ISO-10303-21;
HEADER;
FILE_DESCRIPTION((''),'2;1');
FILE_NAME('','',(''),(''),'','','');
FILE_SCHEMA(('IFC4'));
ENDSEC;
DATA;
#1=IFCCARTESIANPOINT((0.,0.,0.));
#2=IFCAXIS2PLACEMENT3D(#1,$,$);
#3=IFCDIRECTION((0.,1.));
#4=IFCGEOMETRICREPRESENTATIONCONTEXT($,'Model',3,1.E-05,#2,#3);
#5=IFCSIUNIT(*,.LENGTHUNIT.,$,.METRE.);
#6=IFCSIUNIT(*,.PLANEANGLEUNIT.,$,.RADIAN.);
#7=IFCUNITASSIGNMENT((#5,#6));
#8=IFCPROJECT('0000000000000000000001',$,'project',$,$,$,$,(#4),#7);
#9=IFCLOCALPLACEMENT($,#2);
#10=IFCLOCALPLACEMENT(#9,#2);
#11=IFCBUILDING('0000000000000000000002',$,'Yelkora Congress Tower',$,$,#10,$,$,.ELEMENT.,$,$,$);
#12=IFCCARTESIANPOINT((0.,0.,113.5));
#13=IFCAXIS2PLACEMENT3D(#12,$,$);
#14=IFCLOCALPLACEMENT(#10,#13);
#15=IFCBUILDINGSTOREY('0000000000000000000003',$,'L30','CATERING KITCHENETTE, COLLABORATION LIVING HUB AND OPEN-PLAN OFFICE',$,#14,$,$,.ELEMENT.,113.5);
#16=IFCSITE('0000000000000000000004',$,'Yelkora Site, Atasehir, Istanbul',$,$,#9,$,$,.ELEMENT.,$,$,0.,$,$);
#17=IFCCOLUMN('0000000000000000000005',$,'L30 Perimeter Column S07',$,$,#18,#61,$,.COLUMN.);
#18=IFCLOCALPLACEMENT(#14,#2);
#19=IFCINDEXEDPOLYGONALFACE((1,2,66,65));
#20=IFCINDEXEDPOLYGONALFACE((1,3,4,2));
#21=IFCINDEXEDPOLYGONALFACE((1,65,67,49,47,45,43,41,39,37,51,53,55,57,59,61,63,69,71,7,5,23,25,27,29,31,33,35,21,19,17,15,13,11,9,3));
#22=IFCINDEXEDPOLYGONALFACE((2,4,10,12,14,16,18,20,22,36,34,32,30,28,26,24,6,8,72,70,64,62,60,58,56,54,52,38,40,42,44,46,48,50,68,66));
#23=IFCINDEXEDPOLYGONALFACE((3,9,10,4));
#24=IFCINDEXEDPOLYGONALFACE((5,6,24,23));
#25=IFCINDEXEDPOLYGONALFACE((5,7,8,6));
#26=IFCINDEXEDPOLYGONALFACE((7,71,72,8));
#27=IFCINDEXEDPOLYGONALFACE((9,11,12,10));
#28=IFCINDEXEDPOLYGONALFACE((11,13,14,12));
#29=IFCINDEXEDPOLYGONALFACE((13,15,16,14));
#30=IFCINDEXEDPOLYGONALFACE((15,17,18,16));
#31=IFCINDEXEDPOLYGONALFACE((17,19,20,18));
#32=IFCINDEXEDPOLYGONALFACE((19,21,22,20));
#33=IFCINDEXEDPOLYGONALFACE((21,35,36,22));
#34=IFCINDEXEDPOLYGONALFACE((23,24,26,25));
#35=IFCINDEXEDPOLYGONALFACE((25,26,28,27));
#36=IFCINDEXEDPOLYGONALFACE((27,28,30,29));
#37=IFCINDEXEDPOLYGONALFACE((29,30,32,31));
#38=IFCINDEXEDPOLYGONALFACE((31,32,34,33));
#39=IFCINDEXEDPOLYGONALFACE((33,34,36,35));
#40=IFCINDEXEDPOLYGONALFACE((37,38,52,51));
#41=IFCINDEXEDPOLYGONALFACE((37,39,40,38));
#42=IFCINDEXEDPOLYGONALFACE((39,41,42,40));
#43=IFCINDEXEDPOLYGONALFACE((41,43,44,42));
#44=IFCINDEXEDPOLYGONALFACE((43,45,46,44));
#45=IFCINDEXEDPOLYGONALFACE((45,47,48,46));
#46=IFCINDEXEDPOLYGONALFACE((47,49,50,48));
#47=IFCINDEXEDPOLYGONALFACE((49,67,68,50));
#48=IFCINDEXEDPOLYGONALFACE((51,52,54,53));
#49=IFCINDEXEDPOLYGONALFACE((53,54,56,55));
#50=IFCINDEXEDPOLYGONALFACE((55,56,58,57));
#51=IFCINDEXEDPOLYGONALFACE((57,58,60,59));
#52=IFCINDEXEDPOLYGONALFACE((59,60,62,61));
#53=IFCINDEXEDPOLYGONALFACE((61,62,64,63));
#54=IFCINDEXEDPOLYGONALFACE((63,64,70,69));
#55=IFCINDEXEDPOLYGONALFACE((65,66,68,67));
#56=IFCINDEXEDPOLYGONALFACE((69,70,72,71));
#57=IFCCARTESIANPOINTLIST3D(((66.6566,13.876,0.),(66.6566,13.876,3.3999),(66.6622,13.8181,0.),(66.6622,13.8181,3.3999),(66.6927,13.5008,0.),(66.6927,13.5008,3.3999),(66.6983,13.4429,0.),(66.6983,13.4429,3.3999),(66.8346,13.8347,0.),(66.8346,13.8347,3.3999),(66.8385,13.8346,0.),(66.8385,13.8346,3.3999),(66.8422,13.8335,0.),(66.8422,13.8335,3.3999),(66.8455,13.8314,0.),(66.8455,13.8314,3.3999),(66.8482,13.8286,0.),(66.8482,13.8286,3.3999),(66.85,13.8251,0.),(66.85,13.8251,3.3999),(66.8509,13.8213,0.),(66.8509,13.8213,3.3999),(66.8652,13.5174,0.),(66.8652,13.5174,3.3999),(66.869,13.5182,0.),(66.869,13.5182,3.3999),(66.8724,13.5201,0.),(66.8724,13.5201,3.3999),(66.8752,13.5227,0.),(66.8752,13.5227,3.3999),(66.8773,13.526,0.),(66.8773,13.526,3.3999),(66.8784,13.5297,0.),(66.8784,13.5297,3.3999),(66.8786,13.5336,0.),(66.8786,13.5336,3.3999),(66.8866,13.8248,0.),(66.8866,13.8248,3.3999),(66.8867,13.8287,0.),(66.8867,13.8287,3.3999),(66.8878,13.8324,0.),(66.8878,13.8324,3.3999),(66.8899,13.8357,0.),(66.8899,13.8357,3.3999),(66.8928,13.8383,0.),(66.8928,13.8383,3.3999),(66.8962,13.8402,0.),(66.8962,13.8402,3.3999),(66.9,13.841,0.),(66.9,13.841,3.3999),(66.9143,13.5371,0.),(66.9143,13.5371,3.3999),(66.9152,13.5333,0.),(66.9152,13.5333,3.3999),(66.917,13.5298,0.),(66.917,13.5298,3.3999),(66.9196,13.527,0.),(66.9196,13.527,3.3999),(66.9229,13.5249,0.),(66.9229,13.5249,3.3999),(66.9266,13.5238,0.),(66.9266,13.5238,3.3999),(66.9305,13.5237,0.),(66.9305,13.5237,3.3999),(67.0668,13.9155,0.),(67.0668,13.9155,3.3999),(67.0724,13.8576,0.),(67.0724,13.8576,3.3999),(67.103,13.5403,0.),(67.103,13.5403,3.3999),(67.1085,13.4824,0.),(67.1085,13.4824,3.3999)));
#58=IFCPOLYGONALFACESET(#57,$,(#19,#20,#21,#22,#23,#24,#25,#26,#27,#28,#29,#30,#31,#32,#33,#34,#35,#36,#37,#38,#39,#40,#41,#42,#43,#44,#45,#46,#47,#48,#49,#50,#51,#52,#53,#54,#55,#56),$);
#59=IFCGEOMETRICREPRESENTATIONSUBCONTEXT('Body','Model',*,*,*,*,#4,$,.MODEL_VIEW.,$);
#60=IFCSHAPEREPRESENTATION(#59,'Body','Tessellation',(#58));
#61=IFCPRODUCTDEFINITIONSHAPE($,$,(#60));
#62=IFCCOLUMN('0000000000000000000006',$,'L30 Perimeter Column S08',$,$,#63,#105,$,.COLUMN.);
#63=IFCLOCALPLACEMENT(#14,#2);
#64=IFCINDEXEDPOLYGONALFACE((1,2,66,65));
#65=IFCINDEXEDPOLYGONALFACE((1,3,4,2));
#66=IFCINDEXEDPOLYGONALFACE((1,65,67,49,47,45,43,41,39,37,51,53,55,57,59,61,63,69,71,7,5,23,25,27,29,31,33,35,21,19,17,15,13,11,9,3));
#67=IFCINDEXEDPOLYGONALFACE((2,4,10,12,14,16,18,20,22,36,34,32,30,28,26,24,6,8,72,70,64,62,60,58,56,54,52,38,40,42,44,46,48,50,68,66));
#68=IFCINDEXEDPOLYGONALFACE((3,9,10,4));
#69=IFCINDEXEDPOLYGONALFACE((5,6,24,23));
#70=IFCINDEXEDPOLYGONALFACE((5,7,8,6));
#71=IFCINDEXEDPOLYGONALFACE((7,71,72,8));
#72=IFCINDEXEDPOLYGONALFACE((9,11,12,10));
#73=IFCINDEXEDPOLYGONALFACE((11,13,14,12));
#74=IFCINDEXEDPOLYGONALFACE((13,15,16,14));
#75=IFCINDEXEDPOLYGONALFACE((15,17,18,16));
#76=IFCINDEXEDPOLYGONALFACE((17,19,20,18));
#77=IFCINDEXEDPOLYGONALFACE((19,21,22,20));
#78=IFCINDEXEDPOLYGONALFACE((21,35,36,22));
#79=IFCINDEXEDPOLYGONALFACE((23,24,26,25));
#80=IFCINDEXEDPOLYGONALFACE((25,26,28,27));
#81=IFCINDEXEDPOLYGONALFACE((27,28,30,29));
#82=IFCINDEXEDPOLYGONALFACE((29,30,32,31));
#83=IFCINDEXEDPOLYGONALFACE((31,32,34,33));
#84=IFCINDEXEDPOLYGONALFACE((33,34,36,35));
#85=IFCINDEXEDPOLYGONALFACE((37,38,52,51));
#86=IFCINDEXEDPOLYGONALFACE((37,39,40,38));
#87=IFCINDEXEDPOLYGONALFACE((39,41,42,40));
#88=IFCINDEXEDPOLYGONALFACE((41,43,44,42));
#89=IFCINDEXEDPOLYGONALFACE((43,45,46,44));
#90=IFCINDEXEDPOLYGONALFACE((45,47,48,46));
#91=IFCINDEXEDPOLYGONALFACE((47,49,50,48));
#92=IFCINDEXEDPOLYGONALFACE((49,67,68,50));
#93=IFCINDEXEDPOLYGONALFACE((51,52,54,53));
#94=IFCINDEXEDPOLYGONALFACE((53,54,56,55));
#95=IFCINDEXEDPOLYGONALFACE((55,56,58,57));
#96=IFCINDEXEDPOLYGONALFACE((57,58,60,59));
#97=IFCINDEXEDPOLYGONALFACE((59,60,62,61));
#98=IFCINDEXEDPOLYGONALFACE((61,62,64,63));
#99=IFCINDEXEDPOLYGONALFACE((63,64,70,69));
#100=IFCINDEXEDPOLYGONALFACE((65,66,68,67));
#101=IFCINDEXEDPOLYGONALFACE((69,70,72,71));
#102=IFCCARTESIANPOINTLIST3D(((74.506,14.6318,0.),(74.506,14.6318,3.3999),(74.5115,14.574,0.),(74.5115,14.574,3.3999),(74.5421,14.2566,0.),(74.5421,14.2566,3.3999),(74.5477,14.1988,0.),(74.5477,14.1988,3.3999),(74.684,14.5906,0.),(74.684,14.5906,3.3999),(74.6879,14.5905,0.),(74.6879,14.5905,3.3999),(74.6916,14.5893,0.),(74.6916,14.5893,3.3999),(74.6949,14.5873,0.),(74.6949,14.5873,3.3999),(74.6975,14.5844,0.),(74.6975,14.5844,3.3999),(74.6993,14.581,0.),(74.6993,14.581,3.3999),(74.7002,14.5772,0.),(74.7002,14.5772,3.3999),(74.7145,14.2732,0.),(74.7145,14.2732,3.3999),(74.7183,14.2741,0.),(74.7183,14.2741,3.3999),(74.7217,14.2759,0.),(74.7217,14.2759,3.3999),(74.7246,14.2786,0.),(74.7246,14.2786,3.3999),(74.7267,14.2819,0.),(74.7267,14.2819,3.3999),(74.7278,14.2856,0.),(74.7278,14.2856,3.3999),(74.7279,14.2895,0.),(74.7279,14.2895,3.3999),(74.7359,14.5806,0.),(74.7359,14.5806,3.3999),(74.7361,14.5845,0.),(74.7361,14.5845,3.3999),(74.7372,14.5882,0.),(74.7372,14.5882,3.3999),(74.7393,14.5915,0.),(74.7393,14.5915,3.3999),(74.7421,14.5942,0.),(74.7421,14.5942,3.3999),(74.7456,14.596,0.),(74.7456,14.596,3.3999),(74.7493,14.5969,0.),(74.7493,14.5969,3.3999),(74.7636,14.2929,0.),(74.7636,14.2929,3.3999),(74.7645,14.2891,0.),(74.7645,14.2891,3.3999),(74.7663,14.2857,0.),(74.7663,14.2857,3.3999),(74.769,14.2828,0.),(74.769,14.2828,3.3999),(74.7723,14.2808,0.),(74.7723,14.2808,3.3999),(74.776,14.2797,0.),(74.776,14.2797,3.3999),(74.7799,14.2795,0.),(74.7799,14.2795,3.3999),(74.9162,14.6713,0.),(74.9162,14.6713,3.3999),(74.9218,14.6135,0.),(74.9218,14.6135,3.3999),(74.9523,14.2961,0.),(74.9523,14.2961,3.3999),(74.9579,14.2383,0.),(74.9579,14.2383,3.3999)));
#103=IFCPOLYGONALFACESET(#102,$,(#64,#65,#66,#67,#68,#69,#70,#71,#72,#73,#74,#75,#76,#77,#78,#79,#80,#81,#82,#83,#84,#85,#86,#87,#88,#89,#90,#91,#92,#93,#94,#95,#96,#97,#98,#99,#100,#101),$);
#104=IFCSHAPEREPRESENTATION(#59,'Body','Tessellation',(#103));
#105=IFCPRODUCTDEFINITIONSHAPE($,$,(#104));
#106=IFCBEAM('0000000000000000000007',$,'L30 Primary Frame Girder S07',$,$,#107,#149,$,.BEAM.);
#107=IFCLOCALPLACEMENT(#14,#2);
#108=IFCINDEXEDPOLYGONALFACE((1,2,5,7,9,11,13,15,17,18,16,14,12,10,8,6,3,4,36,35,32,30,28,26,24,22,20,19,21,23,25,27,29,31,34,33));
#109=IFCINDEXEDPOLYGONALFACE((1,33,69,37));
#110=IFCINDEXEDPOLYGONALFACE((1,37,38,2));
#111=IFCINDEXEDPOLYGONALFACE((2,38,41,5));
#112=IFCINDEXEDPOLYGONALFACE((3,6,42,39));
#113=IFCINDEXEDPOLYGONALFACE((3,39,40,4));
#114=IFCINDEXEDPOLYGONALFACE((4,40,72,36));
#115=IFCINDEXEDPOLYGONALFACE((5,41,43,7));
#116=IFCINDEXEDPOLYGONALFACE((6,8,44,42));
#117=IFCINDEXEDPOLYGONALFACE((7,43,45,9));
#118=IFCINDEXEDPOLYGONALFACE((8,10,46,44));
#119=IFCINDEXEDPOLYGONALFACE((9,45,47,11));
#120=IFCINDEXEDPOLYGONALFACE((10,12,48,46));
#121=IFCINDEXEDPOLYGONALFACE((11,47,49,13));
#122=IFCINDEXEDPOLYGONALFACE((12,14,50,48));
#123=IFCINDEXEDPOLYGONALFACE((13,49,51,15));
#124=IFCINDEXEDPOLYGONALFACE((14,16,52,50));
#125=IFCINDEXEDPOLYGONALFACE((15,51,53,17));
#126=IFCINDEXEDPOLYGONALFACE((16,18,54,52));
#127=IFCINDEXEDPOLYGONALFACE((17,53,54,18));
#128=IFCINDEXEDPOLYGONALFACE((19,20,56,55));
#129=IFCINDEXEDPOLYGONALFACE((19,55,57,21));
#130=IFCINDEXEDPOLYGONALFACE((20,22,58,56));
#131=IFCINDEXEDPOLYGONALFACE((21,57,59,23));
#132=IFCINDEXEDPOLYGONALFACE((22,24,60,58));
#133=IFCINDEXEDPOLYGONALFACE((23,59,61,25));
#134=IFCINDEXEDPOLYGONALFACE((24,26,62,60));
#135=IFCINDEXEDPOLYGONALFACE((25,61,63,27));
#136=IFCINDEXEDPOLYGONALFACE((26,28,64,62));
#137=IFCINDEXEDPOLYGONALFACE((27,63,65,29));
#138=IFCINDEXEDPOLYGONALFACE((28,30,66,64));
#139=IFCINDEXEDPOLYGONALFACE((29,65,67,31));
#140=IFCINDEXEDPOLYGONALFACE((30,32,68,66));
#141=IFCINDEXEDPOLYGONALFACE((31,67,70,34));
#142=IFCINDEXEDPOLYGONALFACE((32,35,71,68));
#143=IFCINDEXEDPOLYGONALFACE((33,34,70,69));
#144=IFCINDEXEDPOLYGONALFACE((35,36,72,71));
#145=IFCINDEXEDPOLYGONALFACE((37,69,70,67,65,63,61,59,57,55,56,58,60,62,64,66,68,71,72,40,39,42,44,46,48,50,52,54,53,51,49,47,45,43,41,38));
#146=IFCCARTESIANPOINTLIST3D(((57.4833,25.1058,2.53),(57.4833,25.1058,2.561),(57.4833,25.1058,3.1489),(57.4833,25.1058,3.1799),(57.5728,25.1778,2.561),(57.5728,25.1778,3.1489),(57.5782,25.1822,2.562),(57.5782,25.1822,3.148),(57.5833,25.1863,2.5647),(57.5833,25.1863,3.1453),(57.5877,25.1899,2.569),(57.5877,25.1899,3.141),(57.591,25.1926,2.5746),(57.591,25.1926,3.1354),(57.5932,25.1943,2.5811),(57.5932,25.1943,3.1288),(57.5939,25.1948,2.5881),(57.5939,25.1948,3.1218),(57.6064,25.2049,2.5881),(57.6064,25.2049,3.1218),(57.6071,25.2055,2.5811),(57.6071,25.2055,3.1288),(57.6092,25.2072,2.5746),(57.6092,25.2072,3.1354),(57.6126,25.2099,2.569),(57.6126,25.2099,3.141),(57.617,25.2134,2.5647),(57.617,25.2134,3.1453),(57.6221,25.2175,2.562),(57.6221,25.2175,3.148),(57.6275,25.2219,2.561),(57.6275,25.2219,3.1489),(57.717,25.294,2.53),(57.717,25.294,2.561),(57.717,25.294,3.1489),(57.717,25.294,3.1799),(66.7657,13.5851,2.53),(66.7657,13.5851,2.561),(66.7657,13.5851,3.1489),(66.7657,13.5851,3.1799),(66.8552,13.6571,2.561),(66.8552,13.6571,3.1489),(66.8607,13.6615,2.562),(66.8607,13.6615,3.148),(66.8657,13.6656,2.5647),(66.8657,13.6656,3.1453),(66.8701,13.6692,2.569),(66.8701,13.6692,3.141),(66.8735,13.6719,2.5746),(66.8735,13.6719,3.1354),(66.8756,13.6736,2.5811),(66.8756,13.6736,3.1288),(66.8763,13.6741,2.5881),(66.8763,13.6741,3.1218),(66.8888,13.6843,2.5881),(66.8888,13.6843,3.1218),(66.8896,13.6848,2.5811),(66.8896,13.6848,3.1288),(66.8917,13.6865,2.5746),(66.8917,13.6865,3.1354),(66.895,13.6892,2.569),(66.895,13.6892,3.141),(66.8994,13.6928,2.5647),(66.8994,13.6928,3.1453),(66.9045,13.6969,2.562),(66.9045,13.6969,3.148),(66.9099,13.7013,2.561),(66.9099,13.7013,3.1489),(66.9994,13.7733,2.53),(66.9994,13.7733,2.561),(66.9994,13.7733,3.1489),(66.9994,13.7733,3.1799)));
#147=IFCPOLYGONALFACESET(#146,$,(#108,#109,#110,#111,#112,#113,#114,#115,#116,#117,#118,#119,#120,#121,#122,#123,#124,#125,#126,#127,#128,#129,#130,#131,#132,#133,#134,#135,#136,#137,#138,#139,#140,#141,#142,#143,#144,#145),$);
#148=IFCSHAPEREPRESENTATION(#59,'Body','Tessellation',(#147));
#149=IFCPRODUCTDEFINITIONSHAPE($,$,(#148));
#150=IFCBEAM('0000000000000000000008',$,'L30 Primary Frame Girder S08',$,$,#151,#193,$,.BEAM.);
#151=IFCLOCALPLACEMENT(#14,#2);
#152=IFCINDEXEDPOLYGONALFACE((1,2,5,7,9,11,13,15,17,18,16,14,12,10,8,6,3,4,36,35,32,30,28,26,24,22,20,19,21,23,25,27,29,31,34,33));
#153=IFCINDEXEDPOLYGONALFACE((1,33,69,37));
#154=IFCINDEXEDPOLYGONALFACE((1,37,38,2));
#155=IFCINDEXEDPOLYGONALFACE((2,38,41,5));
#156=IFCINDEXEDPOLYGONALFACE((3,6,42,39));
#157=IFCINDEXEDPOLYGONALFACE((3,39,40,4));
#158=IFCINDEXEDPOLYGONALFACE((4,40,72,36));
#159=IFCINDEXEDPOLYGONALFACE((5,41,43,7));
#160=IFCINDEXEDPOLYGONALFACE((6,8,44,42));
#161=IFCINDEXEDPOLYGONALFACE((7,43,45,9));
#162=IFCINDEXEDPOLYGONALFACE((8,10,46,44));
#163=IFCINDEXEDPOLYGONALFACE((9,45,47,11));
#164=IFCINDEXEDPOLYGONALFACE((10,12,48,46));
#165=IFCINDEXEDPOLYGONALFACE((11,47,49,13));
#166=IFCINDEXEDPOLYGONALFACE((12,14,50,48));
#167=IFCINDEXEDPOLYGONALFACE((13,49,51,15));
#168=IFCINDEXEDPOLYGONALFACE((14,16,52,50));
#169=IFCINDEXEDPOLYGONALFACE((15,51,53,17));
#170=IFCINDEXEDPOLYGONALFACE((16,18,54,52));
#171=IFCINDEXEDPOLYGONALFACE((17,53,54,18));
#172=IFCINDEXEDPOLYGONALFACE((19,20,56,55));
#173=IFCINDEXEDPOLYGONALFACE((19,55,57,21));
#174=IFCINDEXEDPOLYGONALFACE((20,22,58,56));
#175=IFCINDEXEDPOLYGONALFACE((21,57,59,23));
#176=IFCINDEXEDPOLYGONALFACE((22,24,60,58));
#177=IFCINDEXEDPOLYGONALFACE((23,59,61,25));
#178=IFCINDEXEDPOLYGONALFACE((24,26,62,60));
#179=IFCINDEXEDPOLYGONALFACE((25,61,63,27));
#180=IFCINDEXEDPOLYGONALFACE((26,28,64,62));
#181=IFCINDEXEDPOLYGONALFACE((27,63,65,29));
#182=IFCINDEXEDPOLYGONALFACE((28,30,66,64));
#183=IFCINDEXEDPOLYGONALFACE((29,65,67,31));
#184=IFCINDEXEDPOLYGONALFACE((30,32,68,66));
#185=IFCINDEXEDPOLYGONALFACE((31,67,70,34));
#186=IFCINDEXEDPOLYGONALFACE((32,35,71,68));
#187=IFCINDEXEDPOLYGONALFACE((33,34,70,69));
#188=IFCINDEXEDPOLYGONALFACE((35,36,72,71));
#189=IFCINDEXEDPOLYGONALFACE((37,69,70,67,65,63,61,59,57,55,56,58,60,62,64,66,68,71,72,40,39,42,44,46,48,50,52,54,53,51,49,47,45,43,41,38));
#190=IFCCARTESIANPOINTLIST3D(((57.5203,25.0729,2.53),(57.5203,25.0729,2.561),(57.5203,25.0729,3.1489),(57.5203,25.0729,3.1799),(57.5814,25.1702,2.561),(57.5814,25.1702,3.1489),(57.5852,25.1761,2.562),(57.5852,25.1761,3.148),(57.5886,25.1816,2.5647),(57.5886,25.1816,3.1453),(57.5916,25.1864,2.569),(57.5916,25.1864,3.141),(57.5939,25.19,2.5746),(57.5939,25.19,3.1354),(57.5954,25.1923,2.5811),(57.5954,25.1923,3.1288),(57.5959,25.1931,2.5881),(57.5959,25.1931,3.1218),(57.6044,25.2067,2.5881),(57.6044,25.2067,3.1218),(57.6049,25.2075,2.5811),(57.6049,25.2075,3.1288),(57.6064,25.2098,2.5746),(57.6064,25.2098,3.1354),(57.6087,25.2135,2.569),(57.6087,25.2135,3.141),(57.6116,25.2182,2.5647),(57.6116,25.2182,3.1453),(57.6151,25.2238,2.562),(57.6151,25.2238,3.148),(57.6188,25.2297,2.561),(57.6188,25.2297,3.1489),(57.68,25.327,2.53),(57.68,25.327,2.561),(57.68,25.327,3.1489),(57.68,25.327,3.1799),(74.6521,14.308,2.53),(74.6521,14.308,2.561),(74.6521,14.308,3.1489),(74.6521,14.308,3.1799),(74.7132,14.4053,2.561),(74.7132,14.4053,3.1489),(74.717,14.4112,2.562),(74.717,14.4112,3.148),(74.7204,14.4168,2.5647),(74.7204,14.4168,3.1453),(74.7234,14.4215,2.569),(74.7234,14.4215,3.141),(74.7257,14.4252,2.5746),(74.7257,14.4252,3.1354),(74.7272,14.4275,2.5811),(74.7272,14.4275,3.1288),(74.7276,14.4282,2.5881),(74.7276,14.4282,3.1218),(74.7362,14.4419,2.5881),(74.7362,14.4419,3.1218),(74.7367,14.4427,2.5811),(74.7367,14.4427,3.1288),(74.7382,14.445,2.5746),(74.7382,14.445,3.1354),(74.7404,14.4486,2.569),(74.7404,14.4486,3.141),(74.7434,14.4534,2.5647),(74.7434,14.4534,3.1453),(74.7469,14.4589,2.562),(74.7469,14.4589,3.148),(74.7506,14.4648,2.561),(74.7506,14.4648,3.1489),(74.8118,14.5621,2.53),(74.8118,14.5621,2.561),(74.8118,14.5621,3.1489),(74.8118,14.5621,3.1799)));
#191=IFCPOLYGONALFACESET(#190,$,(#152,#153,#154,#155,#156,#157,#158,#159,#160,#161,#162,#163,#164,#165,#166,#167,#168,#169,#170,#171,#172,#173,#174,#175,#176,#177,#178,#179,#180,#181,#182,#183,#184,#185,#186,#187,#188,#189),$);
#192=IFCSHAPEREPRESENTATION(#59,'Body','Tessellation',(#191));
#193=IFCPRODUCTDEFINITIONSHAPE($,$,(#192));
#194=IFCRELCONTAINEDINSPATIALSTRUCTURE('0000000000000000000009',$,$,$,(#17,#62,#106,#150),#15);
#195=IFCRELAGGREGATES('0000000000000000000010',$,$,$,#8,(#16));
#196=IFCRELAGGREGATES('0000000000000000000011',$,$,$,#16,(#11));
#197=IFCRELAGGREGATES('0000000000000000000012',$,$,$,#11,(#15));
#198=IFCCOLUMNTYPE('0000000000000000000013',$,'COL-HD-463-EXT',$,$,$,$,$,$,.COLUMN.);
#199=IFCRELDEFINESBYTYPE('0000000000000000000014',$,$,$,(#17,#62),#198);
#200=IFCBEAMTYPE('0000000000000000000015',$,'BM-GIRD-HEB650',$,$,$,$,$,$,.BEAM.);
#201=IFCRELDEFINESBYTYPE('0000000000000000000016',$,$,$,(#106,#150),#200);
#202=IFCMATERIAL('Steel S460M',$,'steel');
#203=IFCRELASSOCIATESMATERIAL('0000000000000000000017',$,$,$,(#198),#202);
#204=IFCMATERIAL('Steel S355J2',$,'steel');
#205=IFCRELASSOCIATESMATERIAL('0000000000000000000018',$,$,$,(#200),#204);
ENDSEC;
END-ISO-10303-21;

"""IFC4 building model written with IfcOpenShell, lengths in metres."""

from ifc_helpers import new_model, si_unit, direction, frame, origin, origin_2d, place, context, subcontext, project, spatial, i_section, extrude, material, material_profile, profile_set, type_object, element, save


model = new_model("IFC4")

# Units and contexts
model_context = context("Model", 3, precision=1e-05, world=origin(), true_north=direction((0.0, 1.0)))
body_context = subcontext(model_context, "Body", "Model", "MODEL_VIEW")
ifc_project = project(units=[si_unit("LENGTHUNIT", "METRE"), si_unit("PLANEANGLEUNIT", "RADIAN")], contexts=[model_context])

# Site, building, storey
site_placement = place(None, origin())
site = spatial("IfcSite", under=ifc_project, at=site_placement, Name="Yelkora Site, Atasehir, Istanbul", CompositionType="ELEMENT", RefElevation=0.0)
building_placement = place(site_placement, origin())
building = spatial("IfcBuilding", under=site, at=building_placement, Name="Yelkora Congress Tower", CompositionType="ELEMENT")
storey_placement = place(building_placement, frame((0.0, 0.0, 113.5)))
storey = spatial("IfcBuildingStorey", under=building, at=storey_placement, Name="L30", Description="CATERING KITCHENETTE, COLLABORATION LIVING HUB AND OPEN-PLAN OFFICE", CompositionType="ELEMENT", Elevation=113.5)

# Columns
ifc_material_1 = material(Name="Steel S460M", Category="steel")
ifc_material_profile_1 = material_profile(ifc_material_1, i_section(OverallWidth=0.4121, OverallDepth=0.4351, WebThickness=0.0359, FlangeThickness=0.0581, FilletRadius=0.0149, at=origin_2d()), Name="HD 400x463")
ifc_profile_set_1 = profile_set([ifc_material_profile_1], Name="Steel S460M")
column_type = type_object("IfcColumnType", Name="COL-HD-463-EXT", PredefinedType="COLUMN", material=ifc_profile_set_1)
for number, where, z_axis, x_axis, name in (
    (1, (66.8826, 13.6792, 0.0), (0.0, 0.0, 1.0), (0.995396, 0.095846, 0.0), "L30 Perimeter Column S07"),
    (2, (74.7319, 14.4351, 0.0), (0.0, 0.0, 1.0), (0.995396, 0.095846, 0.0), "L30 Perimeter Column S08"),
):
    element("IfcColumn", number, at=place(storey_placement, frame(where, z_axis=z_axis, x_axis=x_axis)), inside=storey, type_object=column_type, Name=name, PredefinedType="COLUMN", context=body_context, shape_type="SweptSolid", body=[
        extrude(i_section(OverallWidth=0.4121, OverallDepth=0.4351, WebThickness=0.0359, FlangeThickness=0.0581, FilletRadius=0.0149, at=origin_2d()), origin(), (0.0, 0.0, 1.0), 3.3999),
    ])

# Beams
ifc_material_2 = material(Name="Steel S355J2", Category="steel")
ifc_material_profile_2 = material_profile(ifc_material_2, i_section(OverallWidth=0.3, OverallDepth=0.6499, WebThickness=0.0161, FlangeThickness=0.031, FilletRadius=0.0271, at=origin_2d()), Name="HEB 650")
ifc_profile_set_2 = profile_set([ifc_material_profile_2], Name="Steel S355J2")
beam_type_1 = type_object("IfcBeamType", Name="BM-GIRD-HEB650", PredefinedType="BEAM", material=ifc_profile_set_2)
beam_1_placement = place(storey_placement, frame((66.8826, 13.6792, 2.855), z_axis=(-0.627406, 0.778692, 0.0), x_axis=(-0.778692, -0.627406, 0.0)))
element("IfcBeam", 3, at=beam_1_placement, inside=storey, type_object=beam_type_1, Name="L30 Primary Frame Girder S07", PredefinedType="BEAM", context=body_context, shape_type="SweptSolid", body=[
    extrude(i_section(OverallWidth=0.3, OverallDepth=0.6499, WebThickness=0.0161, FlangeThickness=0.031, FilletRadius=0.0271, at=origin_2d()), origin(), (0.0, 0.0, 1.0), 14.7949),
])
beam_2_placement = place(storey_placement, frame((74.7319, 14.4351, 2.855), z_axis=(-0.846719, 0.532041, 0.0), x_axis=(-0.532041, -0.846719, 0.0)))
element("IfcBeam", 4, at=beam_2_placement, inside=storey, type_object=beam_type_1, Name="L30 Primary Frame Girder S08", PredefinedType="BEAM", context=body_context, shape_type="SweptSolid", body=[
    extrude(i_section(OverallWidth=0.3, OverallDepth=0.6499, WebThickness=0.0161, FlangeThickness=0.031, FilletRadius=0.0271, at=origin_2d()), origin(), (0.0, 0.0, 1.0), 20.2332),
])

save(model, "model.ifc")
